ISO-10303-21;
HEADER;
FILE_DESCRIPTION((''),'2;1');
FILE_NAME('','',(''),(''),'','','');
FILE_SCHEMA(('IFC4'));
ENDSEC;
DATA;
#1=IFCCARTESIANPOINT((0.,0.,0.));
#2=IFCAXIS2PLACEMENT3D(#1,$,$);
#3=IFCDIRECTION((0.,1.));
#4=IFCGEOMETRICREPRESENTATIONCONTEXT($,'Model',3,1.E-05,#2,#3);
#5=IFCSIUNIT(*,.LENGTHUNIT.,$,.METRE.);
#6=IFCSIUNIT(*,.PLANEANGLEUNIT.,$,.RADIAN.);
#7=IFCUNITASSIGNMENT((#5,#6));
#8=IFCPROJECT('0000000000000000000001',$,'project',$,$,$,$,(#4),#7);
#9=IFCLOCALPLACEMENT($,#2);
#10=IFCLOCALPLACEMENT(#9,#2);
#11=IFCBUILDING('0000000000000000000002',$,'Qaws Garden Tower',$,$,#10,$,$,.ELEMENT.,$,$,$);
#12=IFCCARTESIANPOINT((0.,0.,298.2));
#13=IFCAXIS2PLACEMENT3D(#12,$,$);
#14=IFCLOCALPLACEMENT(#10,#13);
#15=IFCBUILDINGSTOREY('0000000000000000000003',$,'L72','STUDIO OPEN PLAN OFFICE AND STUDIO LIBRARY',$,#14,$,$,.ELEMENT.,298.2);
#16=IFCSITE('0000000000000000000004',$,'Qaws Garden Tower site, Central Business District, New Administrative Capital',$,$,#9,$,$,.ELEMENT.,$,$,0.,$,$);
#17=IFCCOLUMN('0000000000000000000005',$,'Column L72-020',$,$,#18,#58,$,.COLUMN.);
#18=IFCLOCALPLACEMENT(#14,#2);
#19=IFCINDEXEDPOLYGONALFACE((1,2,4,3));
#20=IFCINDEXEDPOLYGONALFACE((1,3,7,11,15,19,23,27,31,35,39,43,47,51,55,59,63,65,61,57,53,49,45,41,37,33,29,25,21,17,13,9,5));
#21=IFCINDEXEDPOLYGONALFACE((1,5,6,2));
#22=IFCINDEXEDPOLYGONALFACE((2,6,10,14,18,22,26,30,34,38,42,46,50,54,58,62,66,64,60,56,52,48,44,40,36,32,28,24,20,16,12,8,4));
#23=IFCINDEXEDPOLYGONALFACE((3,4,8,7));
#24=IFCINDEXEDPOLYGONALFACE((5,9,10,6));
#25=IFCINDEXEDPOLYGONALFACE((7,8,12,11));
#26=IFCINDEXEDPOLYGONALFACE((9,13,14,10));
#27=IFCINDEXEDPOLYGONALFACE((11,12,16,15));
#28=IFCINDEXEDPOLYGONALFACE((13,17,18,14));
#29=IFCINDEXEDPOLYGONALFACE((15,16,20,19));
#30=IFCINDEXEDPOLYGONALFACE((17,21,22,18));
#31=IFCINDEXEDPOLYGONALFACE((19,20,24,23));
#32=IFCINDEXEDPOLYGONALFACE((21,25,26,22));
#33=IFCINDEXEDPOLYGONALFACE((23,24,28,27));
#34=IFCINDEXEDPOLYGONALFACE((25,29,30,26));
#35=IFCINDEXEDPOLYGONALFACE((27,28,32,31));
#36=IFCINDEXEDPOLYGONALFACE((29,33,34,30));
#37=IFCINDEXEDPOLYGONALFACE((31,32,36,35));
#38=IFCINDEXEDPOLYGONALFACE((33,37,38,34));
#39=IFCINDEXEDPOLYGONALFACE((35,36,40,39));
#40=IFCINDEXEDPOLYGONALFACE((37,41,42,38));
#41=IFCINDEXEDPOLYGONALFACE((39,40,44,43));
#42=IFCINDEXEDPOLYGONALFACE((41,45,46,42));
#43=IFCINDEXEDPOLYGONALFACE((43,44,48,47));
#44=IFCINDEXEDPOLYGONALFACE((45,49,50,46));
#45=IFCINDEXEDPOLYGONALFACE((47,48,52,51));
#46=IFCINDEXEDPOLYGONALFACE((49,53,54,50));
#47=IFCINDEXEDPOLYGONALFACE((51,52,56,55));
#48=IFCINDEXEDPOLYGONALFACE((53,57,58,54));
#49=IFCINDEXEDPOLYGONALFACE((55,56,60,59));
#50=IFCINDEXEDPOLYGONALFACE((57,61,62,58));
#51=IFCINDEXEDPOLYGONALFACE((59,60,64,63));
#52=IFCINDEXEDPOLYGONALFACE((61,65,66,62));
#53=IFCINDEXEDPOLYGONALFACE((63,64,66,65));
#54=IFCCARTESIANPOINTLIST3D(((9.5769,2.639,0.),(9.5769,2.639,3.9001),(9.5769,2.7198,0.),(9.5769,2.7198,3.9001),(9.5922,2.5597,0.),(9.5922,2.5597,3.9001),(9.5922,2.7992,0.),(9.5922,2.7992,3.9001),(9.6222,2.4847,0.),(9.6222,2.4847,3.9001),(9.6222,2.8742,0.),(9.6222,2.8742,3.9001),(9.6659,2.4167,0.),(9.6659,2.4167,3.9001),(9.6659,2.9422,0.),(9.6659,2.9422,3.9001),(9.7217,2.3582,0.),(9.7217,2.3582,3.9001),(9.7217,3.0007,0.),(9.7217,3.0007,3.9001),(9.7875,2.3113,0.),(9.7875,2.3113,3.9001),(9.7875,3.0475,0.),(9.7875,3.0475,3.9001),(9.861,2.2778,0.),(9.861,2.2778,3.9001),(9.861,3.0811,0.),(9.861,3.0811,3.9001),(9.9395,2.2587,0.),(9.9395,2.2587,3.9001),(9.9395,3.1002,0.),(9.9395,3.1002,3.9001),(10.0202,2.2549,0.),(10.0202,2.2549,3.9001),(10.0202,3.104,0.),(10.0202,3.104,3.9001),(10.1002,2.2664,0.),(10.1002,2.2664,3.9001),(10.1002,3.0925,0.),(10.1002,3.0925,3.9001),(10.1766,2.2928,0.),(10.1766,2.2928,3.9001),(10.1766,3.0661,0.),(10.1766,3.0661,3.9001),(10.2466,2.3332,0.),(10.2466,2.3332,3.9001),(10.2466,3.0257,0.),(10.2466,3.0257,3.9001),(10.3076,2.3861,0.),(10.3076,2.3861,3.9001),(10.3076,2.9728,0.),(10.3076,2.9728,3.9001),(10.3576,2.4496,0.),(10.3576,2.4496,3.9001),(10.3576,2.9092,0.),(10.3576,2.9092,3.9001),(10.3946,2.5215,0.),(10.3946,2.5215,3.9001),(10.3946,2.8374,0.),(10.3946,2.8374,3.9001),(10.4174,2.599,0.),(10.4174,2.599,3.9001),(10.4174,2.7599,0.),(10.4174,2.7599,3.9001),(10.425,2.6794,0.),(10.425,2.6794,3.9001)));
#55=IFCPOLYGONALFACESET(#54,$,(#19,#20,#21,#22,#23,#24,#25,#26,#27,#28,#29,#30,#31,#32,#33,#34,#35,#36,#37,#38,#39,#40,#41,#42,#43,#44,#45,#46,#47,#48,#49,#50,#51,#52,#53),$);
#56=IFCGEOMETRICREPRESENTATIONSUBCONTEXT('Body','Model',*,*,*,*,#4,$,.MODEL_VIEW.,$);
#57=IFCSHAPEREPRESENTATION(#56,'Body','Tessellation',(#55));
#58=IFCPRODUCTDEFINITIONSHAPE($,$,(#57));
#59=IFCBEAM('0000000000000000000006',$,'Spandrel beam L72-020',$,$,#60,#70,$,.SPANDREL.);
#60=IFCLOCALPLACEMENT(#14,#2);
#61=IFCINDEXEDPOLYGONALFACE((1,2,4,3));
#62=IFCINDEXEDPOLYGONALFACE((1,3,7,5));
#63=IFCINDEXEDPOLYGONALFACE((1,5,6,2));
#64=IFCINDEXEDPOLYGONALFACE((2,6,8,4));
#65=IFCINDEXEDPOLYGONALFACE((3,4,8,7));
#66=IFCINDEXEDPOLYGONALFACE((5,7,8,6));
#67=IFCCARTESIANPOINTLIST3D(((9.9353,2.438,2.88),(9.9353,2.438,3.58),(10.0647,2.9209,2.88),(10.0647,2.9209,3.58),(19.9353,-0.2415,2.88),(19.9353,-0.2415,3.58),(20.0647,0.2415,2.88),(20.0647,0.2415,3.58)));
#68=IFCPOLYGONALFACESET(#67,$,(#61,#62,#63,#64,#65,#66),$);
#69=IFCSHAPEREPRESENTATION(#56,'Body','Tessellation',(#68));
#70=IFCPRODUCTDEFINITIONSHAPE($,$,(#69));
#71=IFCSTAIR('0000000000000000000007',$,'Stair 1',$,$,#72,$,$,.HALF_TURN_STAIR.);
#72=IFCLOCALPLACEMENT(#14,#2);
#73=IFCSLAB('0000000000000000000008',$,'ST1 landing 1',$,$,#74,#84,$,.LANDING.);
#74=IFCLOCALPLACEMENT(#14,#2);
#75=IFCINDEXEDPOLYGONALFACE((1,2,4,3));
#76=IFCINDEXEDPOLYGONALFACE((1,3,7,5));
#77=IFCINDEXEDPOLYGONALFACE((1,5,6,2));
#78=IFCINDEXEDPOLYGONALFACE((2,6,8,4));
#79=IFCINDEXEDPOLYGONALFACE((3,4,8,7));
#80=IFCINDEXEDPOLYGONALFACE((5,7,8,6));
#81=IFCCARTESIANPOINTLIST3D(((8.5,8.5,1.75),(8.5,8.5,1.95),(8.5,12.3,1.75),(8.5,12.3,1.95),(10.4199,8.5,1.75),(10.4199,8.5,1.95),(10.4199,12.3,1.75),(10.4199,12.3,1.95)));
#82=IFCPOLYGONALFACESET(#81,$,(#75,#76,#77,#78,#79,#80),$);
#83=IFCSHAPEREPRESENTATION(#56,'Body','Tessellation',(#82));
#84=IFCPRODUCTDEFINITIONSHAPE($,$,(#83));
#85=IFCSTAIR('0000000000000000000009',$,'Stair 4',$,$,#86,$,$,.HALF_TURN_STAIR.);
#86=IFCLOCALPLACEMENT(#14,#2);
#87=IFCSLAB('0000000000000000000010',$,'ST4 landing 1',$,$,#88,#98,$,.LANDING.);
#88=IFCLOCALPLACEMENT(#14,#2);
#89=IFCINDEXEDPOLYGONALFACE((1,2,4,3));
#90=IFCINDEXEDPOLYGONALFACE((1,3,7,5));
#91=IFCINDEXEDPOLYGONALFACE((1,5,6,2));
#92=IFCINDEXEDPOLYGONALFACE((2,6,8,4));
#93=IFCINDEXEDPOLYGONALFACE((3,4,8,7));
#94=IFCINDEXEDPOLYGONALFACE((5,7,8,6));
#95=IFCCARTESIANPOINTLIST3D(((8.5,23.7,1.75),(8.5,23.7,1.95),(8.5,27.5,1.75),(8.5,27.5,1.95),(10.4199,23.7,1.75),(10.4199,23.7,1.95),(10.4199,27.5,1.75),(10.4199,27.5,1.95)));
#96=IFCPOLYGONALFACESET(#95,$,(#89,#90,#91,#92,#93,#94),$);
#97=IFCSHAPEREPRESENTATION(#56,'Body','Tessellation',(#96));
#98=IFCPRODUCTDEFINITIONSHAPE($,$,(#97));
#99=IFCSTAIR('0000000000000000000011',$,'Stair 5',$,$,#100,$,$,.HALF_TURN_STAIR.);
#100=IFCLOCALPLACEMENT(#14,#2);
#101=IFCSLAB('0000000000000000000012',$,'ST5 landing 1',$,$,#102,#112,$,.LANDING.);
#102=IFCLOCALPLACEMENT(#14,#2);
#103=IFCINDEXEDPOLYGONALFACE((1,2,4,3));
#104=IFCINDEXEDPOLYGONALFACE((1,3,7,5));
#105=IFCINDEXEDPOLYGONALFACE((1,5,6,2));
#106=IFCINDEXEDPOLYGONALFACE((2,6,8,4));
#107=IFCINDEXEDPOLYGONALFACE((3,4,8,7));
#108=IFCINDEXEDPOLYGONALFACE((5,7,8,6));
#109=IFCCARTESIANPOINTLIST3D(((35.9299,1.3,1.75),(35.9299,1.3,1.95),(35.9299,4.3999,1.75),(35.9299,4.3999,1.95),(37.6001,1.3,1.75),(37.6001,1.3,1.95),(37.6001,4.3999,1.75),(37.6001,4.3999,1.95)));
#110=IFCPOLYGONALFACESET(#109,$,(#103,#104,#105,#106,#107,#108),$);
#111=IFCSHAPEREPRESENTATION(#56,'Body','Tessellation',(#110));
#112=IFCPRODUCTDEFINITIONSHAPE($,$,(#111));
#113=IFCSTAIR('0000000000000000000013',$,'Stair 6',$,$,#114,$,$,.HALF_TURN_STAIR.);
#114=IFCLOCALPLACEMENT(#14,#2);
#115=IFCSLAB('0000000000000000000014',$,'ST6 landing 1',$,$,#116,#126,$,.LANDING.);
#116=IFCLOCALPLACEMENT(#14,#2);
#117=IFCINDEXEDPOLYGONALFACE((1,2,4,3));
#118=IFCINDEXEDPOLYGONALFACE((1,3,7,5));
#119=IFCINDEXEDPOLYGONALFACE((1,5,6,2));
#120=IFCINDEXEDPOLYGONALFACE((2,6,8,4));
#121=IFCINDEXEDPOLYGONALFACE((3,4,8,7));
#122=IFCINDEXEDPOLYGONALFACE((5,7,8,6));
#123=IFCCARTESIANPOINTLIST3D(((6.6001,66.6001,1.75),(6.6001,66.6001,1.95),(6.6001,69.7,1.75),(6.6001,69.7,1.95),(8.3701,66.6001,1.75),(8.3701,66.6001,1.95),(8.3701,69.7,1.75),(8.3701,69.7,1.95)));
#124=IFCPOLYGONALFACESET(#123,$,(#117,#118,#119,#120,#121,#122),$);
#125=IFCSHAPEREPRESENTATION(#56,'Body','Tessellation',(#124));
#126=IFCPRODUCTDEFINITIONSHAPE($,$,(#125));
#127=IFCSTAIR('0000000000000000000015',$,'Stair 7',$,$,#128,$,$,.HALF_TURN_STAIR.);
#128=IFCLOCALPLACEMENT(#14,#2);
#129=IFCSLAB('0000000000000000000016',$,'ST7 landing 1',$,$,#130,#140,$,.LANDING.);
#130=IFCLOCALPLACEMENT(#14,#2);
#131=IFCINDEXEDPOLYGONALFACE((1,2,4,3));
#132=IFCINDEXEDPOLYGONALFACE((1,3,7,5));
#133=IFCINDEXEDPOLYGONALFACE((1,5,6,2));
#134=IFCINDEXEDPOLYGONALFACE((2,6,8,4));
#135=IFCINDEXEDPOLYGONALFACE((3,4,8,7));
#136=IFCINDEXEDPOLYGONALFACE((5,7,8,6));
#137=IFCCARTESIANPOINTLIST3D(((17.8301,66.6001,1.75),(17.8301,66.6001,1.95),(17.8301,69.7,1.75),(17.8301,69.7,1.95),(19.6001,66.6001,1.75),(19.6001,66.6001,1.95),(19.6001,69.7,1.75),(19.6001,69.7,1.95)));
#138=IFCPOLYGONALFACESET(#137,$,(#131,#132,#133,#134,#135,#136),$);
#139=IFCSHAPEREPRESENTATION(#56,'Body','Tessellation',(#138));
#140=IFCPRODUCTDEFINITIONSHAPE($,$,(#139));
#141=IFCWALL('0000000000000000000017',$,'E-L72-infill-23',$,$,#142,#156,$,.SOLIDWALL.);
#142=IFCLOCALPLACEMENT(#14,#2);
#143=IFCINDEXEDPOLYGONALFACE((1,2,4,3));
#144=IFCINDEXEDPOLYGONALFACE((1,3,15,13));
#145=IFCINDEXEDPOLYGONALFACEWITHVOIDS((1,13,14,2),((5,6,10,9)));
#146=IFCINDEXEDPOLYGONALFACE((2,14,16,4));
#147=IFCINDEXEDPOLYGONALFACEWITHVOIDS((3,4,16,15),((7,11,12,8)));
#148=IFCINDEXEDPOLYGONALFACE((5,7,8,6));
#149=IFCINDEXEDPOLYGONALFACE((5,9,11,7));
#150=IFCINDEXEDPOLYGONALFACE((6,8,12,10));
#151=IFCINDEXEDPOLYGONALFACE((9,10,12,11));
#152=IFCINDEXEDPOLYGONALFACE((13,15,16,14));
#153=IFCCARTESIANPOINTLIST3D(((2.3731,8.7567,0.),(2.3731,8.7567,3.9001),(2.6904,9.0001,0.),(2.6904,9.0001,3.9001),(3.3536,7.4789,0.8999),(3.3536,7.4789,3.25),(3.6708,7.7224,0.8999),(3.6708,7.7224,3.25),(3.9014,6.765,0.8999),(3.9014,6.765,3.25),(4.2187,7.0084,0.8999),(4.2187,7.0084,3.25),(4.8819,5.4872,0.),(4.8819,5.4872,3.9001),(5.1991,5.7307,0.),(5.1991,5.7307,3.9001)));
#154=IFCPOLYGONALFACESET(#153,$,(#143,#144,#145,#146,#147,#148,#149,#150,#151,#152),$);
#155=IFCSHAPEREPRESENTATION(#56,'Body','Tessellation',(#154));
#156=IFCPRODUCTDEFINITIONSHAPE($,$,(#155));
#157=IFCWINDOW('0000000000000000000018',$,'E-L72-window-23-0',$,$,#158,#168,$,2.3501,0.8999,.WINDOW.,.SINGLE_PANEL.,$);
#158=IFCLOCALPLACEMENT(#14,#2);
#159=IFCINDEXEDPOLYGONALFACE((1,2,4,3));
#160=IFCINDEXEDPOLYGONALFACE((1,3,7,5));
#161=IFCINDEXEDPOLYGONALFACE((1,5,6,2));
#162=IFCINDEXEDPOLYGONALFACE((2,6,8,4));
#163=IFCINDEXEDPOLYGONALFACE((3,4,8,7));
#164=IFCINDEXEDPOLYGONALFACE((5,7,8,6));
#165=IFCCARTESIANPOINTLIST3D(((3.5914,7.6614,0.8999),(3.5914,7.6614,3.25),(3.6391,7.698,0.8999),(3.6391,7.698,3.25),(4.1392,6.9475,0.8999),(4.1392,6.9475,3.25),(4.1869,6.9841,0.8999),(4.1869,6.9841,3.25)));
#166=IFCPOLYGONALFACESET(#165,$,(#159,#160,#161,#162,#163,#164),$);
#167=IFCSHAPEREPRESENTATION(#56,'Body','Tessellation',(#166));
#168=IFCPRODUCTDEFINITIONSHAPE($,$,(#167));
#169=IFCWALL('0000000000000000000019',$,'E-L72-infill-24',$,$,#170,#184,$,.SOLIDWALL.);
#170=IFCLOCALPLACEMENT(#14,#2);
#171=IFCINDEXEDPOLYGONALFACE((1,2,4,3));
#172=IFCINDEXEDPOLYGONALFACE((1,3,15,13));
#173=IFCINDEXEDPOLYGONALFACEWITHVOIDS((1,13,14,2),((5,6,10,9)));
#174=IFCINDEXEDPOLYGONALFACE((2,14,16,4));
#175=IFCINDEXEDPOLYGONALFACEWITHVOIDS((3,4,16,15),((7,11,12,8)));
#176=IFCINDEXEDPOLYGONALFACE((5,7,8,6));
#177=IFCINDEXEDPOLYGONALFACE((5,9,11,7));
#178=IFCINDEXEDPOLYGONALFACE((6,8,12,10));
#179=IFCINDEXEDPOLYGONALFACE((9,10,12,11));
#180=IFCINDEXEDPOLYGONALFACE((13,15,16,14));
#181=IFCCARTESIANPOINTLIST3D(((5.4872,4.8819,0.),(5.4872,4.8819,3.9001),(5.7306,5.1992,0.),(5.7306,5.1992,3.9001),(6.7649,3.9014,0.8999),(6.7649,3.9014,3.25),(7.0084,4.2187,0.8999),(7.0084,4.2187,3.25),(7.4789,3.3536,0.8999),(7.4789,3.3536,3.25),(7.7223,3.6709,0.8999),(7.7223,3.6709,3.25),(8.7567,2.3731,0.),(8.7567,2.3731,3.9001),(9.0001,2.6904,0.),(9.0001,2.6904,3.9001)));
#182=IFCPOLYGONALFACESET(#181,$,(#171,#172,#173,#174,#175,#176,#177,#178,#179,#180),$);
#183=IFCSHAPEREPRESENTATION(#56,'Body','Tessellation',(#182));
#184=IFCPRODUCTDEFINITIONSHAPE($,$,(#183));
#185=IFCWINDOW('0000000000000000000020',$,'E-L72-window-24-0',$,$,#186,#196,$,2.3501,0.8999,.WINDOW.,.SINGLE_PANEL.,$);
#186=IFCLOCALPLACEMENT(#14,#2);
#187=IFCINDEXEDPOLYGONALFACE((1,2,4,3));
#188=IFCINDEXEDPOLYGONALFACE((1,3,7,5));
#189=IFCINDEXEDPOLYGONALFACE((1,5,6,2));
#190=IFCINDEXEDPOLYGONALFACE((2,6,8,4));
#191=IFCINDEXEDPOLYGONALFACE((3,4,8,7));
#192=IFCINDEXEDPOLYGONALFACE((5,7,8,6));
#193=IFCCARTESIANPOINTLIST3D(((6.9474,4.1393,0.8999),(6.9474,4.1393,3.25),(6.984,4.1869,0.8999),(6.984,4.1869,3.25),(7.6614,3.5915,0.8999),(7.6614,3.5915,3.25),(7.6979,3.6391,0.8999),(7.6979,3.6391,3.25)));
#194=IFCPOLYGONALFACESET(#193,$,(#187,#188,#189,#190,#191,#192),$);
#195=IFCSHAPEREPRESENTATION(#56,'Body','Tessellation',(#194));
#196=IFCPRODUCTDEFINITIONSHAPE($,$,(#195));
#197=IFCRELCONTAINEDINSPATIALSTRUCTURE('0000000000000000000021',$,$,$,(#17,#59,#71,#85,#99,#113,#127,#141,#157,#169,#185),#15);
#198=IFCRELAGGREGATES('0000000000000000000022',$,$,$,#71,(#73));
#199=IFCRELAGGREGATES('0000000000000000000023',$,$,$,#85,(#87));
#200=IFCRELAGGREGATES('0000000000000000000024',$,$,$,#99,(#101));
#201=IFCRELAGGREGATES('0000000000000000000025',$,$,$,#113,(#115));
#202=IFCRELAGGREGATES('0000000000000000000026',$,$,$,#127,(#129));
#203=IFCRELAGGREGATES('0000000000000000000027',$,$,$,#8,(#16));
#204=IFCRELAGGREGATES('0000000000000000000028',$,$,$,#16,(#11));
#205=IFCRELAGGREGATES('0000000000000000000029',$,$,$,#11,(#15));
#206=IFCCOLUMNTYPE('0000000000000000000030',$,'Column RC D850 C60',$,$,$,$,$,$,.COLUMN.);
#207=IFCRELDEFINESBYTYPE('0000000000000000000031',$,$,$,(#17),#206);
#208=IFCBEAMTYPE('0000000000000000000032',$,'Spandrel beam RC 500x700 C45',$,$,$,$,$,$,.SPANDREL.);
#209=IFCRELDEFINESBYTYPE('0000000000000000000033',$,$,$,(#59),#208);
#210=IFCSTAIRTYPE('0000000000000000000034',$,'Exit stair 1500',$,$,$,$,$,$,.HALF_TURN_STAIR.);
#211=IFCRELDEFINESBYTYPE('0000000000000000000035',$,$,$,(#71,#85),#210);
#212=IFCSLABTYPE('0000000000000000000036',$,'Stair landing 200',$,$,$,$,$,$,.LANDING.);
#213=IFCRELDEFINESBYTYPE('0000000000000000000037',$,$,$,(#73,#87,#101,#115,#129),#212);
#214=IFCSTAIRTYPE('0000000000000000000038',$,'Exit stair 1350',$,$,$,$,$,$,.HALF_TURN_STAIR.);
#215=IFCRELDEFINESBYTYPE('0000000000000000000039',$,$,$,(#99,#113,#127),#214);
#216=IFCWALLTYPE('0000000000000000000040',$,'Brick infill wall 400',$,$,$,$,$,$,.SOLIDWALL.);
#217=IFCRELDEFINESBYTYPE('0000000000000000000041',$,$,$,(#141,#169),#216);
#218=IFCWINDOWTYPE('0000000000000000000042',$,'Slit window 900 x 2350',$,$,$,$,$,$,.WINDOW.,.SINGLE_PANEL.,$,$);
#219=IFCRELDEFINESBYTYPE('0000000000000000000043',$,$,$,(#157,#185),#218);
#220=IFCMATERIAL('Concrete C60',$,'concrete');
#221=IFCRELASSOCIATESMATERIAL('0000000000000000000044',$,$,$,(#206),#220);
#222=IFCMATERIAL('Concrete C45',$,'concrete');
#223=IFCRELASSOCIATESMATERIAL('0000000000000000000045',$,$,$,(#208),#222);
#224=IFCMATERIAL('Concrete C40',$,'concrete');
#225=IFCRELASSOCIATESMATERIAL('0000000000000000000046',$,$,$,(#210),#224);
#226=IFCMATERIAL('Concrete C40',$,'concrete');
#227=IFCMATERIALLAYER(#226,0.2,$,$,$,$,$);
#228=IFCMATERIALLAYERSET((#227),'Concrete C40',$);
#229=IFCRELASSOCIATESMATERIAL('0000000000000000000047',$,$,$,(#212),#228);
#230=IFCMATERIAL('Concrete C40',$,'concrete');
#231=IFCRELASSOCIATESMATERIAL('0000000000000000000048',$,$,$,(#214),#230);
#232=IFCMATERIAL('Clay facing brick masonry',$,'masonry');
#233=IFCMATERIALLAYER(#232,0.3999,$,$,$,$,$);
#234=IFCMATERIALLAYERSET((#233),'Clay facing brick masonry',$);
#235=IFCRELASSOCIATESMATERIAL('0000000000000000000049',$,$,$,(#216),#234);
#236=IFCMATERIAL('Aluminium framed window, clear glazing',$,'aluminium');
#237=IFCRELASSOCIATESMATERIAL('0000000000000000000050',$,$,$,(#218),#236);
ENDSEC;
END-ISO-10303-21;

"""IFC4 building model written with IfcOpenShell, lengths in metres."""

from ifc_helpers import new_model, si_unit, direction, frame, frame_2d, origin, origin_2d, place, context, subcontext, project, spatial, polyline, rectangle, circle, outline, extrude, material, layer, layer_set, material_profile, profile_set, type_object, element, fill, aggregate, save


model = new_model("IFC4")

# Units and contexts
model_context = context("Model", 3, precision=1e-05, world=origin(), true_north=direction((0.0, 1.0)))
body_context = subcontext(model_context, "Body", "Model", "MODEL_VIEW")
ifc_project = project(units=[si_unit("LENGTHUNIT", "METRE"), si_unit("PLANEANGLEUNIT", "RADIAN")], contexts=[model_context])

# Site, building, storey
site_placement = place(None, origin())
site = spatial("IfcSite", under=ifc_project, at=site_placement, Name="Qaws Garden Tower site, Central Business District, New Administrative Capital", CompositionType="ELEMENT", RefElevation=0.0)
building_placement = place(site_placement, origin())
building = spatial("IfcBuilding", under=site, at=building_placement, Name="Qaws Garden Tower", CompositionType="ELEMENT")
storey_placement = place(building_placement, frame((0.0, 0.0, 298.2)))
storey = spatial("IfcBuildingStorey", under=building, at=storey_placement, Name="L72", Description="STUDIO OPEN PLAN OFFICE AND STUDIO LIBRARY", CompositionType="ELEMENT", Elevation=298.2)

# Column
ifc_material_1 = material(Name="Concrete C60", Category="concrete")
ifc_material_profile_1 = material_profile(ifc_material_1, circle(Radius=0.425, at=origin_2d()), Name="RC D850")
ifc_profile_set_1 = profile_set([ifc_material_profile_1], Name="Concrete C60")
column_type = type_object("IfcColumnType", Name="Column RC D850 C60", PredefinedType="COLUMN", material=ifc_profile_set_1)
column_placement = place(storey_placement, frame((10.0, 2.6794, 0.0), z_axis=(0.0, 0.0, 1.0), x_axis=(1.0, 0.0, 0.0)))
element("IfcColumn", 1, at=column_placement, inside=storey, type_object=column_type, Name="Column L72-020", PredefinedType="COLUMN", context=body_context, shape_type="SweptSolid", body=[
    extrude(circle(Radius=0.425, at=origin_2d()), origin(), (0.0, 0.0, 1.0), 3.9001),
])

# Beam
ifc_material_2 = material(Name="Concrete C45", Category="concrete")
ifc_material_profile_2 = material_profile(ifc_material_2, rectangle(XDim=0.5, YDim=0.7, at=origin_2d()), Name="RC 500x700")
ifc_profile_set_2 = profile_set([ifc_material_profile_2], Name="Concrete C45")
beam_type = type_object("IfcBeamType", Name="Spandrel beam RC 500x700 C45", PredefinedType="SPANDREL", material=ifc_profile_set_2)
beam_placement = place(storey_placement, frame((10.0, 2.6794, 3.23), z_axis=(0.965927, -0.258815, 0.0), x_axis=(0.258815, 0.965927, 0.0)))
element("IfcBeam", 2, at=beam_placement, inside=storey, type_object=beam_type, Name="Spandrel beam L72-020", PredefinedType="SPANDREL", context=body_context, shape_type="SweptSolid", body=[
    extrude(rectangle(XDim=0.5, YDim=0.7, at=origin_2d()), origin(), (0.0, 0.0, 1.0), 10.3528),
])

# Stairs, slabs
ifc_material_3 = material(Name="Concrete C40", Category="concrete")
stair_type_1 = type_object("IfcStairType", Name="Exit stair 1500", PredefinedType="HALF_TURN_STAIR", material=ifc_material_3)
placement_1 = place(storey_placement, origin())
stair_1 = element("IfcStair", 3, at=placement_1, inside=storey, type_object=stair_type_1, Name="Stair 1", PredefinedType="HALF_TURN_STAIR")
ifc_material_4 = material(Name="Concrete C40", Category="concrete")
ifc_layer_1 = layer(ifc_material_4, 0.2)
ifc_layer_set_1 = layer_set([ifc_layer_1], Name="Concrete C40")
slab_type = type_object("IfcSlabType", Name="Stair landing 200", PredefinedType="LANDING", material=ifc_layer_set_1)
placement_2 = place(storey_placement, frame((0.0, 0.0, 1.75)))
slab_1 = element("IfcSlab", 4, at=placement_2, type_object=slab_type, Name="ST1 landing 1", PredefinedType="LANDING", context=body_context, shape_type="SweptSolid", body=[
    extrude(outline(polyline([(8.5, 8.5), (10.4199, 8.5), (10.4199, 12.3), (8.5, 12.3), (8.5, 8.5)])), origin(), (0.0, 0.0, 1.0), 0.2),
])
aggregate(stair_1, [slab_1])
stair_2 = element("IfcStair", 5, at=placement_1, inside=storey, type_object=stair_type_1, Name="Stair 4", PredefinedType="HALF_TURN_STAIR")
slab_2 = element("IfcSlab", 6, at=placement_2, type_object=slab_type, Name="ST4 landing 1", PredefinedType="LANDING", context=body_context, shape_type="SweptSolid", body=[
    extrude(outline(polyline([(8.5, 23.7), (10.4199, 23.7), (10.4199, 27.5), (8.5, 27.5), (8.5, 23.7)])), origin(), (0.0, 0.0, 1.0), 0.2),
])
aggregate(stair_2, [slab_2])
ifc_material_5 = material(Name="Concrete C40", Category="concrete")
stair_type_2 = type_object("IfcStairType", Name="Exit stair 1350", PredefinedType="HALF_TURN_STAIR", material=ifc_material_5)
stair_3 = element("IfcStair", 7, at=placement_1, inside=storey, type_object=stair_type_2, Name="Stair 5", PredefinedType="HALF_TURN_STAIR")
slab_3 = element("IfcSlab", 8, at=placement_2, type_object=slab_type, Name="ST5 landing 1", PredefinedType="LANDING", context=body_context, shape_type="SweptSolid", body=[
    extrude(outline(polyline([(35.9299, 1.3), (37.6001, 1.3), (37.6001, 4.3999), (35.9299, 4.3999), (35.9299, 1.3)])), origin(), (0.0, 0.0, 1.0), 0.2),
])
aggregate(stair_3, [slab_3])
stair_4 = element("IfcStair", 9, at=placement_1, inside=storey, type_object=stair_type_2, Name="Stair 6", PredefinedType="HALF_TURN_STAIR")
slab_4 = element("IfcSlab", 10, at=placement_2, type_object=slab_type, Name="ST6 landing 1", PredefinedType="LANDING", context=body_context, shape_type="SweptSolid", body=[
    extrude(outline(polyline([(6.6001, 66.6001), (8.3701, 66.6001), (8.3701, 69.7), (6.6001, 69.7), (6.6001, 66.6001)])), origin(), (0.0, 0.0, 1.0), 0.2),
])
aggregate(stair_4, [slab_4])
stair_5 = element("IfcStair", 11, at=placement_1, inside=storey, type_object=stair_type_2, Name="Stair 7", PredefinedType="HALF_TURN_STAIR")
slab_5 = element("IfcSlab", 12, at=placement_2, type_object=slab_type, Name="ST7 landing 1", PredefinedType="LANDING", context=body_context, shape_type="SweptSolid", body=[
    extrude(outline(polyline([(17.8301, 66.6001), (19.6001, 66.6001), (19.6001, 69.7), (17.8301, 69.7), (17.8301, 66.6001)])), origin(), (0.0, 0.0, 1.0), 0.2),
])
aggregate(stair_5, [slab_5])

# Walls, openings, windows
ifc_material_6 = material(Name="Clay facing brick masonry", Category="masonry")
ifc_layer_2 = layer(ifc_material_6, 0.3999)
ifc_layer_set_2 = layer_set([ifc_layer_2], Name="Clay facing brick masonry")
wall_type_1 = type_object("IfcWallType", Name="Brick infill wall 400", PredefinedType="SOLIDWALL", material=ifc_layer_set_2)
wall_1_placement = place(storey_placement, frame((2.5317, 8.8784, 0.0), z_axis=(0.0, 0.0, 1.0), x_axis=(0.60876, -0.793355, 0.0)))
wall_1 = element("IfcWall", 13, at=wall_1_placement, inside=storey, type_object=wall_type_1, Name="E-L72-infill-23", PredefinedType="SOLIDWALL", context=body_context, shape_type="SweptSolid", body=[
    extrude(rectangle(XDim=4.1211, YDim=0.3999, at=frame_2d((2.0605, 0.0))), origin(), (0.0, 0.0, 1.0), 3.9001),
])
opening_1_placement = place(wall_1_placement, frame((1.6106, 0.0, 0.8999)))
opening_1 = element("IfcOpeningElement", 14, at=opening_1_placement, cuts=wall_1, PredefinedType="OPENING", context=body_context, shape_type="SweptSolid", body=[
    extrude(rectangle(XDim=0.8999, YDim=2.3501, at=frame_2d((0.45, 1.175))), frame((0.0, 0.21, 0.0), z_axis=(0.0, -1.0, 0.0), x_axis=(1.0, 0.0, 0.0)), (0.0, 0.0, 1.0), 0.4199),
])
ifc_material_7 = material(Name="Aluminium framed window, clear glazing", Category="aluminium")
window_type = type_object("IfcWindowType", Name="Slit window 900 x 2350", PartitioningType="SINGLE_PANEL", PredefinedType="WINDOW", material=ifc_material_7)
window_1_placement = place(opening_1_placement, origin())
window_1 = element("IfcWindow", 15, at=window_1_placement, inside=storey, type_object=window_type, Name="E-L72-window-23-0", OverallHeight=2.3501, OverallWidth=0.8999, PartitioningType="SINGLE_PANEL", PredefinedType="WINDOW", context=body_context, shape_type="SweptSolid", body=[
    extrude(rectangle(XDim=0.8999, YDim=2.3501, at=frame_2d((0.45, 1.175))), frame((0.0, 0.1599, 0.0), z_axis=(0.0, -1.0, 0.0), x_axis=(1.0, 0.0, 0.0)), (0.0, 0.0, 1.0), 0.0601),
])
fill(opening_1, window_1)
wall_2_placement = place(storey_placement, frame((5.6089, 5.0405, 0.0), z_axis=(0.0, 0.0, 1.0), x_axis=(0.793355, -0.60876, 0.0)))
wall_2 = element("IfcWall", 16, at=wall_2_placement, inside=storey, type_object=wall_type_1, Name="E-L72-infill-24", PredefinedType="SOLIDWALL", context=body_context, shape_type="SweptSolid", body=[
    extrude(rectangle(XDim=4.1211, YDim=0.3999, at=frame_2d((2.0605, 0.0))), origin(), (0.0, 0.0, 1.0), 3.9001),
])
opening_2_placement = place(wall_2_placement, frame((1.6106, 0.0, 0.8999)))
opening_2 = element("IfcOpeningElement", 17, at=opening_2_placement, cuts=wall_2, PredefinedType="OPENING", context=body_context, shape_type="SweptSolid", body=[
    extrude(rectangle(XDim=0.8999, YDim=2.3501, at=frame_2d((0.45, 1.175))), frame((0.0, 0.21, 0.0), z_axis=(0.0, -1.0, 0.0), x_axis=(1.0, 0.0, 0.0)), (0.0, 0.0, 1.0), 0.4199),
])
window_2_placement = place(opening_2_placement, origin())
window_2 = element("IfcWindow", 18, at=window_2_placement, inside=storey, type_object=window_type, Name="E-L72-window-24-0", OverallHeight=2.3501, OverallWidth=0.8999, PartitioningType="SINGLE_PANEL", PredefinedType="WINDOW", context=body_context, shape_type="SweptSolid", body=[
    extrude(rectangle(XDim=0.8999, YDim=2.3501, at=frame_2d((0.45, 1.175))), frame((0.0, 0.1599, 0.0), z_axis=(0.0, -1.0, 0.0), x_axis=(1.0, 0.0, 0.0)), (0.0, 0.0, 1.0), 0.0601),
])
fill(opening_2, window_2)

save(model, "model.ifc")
